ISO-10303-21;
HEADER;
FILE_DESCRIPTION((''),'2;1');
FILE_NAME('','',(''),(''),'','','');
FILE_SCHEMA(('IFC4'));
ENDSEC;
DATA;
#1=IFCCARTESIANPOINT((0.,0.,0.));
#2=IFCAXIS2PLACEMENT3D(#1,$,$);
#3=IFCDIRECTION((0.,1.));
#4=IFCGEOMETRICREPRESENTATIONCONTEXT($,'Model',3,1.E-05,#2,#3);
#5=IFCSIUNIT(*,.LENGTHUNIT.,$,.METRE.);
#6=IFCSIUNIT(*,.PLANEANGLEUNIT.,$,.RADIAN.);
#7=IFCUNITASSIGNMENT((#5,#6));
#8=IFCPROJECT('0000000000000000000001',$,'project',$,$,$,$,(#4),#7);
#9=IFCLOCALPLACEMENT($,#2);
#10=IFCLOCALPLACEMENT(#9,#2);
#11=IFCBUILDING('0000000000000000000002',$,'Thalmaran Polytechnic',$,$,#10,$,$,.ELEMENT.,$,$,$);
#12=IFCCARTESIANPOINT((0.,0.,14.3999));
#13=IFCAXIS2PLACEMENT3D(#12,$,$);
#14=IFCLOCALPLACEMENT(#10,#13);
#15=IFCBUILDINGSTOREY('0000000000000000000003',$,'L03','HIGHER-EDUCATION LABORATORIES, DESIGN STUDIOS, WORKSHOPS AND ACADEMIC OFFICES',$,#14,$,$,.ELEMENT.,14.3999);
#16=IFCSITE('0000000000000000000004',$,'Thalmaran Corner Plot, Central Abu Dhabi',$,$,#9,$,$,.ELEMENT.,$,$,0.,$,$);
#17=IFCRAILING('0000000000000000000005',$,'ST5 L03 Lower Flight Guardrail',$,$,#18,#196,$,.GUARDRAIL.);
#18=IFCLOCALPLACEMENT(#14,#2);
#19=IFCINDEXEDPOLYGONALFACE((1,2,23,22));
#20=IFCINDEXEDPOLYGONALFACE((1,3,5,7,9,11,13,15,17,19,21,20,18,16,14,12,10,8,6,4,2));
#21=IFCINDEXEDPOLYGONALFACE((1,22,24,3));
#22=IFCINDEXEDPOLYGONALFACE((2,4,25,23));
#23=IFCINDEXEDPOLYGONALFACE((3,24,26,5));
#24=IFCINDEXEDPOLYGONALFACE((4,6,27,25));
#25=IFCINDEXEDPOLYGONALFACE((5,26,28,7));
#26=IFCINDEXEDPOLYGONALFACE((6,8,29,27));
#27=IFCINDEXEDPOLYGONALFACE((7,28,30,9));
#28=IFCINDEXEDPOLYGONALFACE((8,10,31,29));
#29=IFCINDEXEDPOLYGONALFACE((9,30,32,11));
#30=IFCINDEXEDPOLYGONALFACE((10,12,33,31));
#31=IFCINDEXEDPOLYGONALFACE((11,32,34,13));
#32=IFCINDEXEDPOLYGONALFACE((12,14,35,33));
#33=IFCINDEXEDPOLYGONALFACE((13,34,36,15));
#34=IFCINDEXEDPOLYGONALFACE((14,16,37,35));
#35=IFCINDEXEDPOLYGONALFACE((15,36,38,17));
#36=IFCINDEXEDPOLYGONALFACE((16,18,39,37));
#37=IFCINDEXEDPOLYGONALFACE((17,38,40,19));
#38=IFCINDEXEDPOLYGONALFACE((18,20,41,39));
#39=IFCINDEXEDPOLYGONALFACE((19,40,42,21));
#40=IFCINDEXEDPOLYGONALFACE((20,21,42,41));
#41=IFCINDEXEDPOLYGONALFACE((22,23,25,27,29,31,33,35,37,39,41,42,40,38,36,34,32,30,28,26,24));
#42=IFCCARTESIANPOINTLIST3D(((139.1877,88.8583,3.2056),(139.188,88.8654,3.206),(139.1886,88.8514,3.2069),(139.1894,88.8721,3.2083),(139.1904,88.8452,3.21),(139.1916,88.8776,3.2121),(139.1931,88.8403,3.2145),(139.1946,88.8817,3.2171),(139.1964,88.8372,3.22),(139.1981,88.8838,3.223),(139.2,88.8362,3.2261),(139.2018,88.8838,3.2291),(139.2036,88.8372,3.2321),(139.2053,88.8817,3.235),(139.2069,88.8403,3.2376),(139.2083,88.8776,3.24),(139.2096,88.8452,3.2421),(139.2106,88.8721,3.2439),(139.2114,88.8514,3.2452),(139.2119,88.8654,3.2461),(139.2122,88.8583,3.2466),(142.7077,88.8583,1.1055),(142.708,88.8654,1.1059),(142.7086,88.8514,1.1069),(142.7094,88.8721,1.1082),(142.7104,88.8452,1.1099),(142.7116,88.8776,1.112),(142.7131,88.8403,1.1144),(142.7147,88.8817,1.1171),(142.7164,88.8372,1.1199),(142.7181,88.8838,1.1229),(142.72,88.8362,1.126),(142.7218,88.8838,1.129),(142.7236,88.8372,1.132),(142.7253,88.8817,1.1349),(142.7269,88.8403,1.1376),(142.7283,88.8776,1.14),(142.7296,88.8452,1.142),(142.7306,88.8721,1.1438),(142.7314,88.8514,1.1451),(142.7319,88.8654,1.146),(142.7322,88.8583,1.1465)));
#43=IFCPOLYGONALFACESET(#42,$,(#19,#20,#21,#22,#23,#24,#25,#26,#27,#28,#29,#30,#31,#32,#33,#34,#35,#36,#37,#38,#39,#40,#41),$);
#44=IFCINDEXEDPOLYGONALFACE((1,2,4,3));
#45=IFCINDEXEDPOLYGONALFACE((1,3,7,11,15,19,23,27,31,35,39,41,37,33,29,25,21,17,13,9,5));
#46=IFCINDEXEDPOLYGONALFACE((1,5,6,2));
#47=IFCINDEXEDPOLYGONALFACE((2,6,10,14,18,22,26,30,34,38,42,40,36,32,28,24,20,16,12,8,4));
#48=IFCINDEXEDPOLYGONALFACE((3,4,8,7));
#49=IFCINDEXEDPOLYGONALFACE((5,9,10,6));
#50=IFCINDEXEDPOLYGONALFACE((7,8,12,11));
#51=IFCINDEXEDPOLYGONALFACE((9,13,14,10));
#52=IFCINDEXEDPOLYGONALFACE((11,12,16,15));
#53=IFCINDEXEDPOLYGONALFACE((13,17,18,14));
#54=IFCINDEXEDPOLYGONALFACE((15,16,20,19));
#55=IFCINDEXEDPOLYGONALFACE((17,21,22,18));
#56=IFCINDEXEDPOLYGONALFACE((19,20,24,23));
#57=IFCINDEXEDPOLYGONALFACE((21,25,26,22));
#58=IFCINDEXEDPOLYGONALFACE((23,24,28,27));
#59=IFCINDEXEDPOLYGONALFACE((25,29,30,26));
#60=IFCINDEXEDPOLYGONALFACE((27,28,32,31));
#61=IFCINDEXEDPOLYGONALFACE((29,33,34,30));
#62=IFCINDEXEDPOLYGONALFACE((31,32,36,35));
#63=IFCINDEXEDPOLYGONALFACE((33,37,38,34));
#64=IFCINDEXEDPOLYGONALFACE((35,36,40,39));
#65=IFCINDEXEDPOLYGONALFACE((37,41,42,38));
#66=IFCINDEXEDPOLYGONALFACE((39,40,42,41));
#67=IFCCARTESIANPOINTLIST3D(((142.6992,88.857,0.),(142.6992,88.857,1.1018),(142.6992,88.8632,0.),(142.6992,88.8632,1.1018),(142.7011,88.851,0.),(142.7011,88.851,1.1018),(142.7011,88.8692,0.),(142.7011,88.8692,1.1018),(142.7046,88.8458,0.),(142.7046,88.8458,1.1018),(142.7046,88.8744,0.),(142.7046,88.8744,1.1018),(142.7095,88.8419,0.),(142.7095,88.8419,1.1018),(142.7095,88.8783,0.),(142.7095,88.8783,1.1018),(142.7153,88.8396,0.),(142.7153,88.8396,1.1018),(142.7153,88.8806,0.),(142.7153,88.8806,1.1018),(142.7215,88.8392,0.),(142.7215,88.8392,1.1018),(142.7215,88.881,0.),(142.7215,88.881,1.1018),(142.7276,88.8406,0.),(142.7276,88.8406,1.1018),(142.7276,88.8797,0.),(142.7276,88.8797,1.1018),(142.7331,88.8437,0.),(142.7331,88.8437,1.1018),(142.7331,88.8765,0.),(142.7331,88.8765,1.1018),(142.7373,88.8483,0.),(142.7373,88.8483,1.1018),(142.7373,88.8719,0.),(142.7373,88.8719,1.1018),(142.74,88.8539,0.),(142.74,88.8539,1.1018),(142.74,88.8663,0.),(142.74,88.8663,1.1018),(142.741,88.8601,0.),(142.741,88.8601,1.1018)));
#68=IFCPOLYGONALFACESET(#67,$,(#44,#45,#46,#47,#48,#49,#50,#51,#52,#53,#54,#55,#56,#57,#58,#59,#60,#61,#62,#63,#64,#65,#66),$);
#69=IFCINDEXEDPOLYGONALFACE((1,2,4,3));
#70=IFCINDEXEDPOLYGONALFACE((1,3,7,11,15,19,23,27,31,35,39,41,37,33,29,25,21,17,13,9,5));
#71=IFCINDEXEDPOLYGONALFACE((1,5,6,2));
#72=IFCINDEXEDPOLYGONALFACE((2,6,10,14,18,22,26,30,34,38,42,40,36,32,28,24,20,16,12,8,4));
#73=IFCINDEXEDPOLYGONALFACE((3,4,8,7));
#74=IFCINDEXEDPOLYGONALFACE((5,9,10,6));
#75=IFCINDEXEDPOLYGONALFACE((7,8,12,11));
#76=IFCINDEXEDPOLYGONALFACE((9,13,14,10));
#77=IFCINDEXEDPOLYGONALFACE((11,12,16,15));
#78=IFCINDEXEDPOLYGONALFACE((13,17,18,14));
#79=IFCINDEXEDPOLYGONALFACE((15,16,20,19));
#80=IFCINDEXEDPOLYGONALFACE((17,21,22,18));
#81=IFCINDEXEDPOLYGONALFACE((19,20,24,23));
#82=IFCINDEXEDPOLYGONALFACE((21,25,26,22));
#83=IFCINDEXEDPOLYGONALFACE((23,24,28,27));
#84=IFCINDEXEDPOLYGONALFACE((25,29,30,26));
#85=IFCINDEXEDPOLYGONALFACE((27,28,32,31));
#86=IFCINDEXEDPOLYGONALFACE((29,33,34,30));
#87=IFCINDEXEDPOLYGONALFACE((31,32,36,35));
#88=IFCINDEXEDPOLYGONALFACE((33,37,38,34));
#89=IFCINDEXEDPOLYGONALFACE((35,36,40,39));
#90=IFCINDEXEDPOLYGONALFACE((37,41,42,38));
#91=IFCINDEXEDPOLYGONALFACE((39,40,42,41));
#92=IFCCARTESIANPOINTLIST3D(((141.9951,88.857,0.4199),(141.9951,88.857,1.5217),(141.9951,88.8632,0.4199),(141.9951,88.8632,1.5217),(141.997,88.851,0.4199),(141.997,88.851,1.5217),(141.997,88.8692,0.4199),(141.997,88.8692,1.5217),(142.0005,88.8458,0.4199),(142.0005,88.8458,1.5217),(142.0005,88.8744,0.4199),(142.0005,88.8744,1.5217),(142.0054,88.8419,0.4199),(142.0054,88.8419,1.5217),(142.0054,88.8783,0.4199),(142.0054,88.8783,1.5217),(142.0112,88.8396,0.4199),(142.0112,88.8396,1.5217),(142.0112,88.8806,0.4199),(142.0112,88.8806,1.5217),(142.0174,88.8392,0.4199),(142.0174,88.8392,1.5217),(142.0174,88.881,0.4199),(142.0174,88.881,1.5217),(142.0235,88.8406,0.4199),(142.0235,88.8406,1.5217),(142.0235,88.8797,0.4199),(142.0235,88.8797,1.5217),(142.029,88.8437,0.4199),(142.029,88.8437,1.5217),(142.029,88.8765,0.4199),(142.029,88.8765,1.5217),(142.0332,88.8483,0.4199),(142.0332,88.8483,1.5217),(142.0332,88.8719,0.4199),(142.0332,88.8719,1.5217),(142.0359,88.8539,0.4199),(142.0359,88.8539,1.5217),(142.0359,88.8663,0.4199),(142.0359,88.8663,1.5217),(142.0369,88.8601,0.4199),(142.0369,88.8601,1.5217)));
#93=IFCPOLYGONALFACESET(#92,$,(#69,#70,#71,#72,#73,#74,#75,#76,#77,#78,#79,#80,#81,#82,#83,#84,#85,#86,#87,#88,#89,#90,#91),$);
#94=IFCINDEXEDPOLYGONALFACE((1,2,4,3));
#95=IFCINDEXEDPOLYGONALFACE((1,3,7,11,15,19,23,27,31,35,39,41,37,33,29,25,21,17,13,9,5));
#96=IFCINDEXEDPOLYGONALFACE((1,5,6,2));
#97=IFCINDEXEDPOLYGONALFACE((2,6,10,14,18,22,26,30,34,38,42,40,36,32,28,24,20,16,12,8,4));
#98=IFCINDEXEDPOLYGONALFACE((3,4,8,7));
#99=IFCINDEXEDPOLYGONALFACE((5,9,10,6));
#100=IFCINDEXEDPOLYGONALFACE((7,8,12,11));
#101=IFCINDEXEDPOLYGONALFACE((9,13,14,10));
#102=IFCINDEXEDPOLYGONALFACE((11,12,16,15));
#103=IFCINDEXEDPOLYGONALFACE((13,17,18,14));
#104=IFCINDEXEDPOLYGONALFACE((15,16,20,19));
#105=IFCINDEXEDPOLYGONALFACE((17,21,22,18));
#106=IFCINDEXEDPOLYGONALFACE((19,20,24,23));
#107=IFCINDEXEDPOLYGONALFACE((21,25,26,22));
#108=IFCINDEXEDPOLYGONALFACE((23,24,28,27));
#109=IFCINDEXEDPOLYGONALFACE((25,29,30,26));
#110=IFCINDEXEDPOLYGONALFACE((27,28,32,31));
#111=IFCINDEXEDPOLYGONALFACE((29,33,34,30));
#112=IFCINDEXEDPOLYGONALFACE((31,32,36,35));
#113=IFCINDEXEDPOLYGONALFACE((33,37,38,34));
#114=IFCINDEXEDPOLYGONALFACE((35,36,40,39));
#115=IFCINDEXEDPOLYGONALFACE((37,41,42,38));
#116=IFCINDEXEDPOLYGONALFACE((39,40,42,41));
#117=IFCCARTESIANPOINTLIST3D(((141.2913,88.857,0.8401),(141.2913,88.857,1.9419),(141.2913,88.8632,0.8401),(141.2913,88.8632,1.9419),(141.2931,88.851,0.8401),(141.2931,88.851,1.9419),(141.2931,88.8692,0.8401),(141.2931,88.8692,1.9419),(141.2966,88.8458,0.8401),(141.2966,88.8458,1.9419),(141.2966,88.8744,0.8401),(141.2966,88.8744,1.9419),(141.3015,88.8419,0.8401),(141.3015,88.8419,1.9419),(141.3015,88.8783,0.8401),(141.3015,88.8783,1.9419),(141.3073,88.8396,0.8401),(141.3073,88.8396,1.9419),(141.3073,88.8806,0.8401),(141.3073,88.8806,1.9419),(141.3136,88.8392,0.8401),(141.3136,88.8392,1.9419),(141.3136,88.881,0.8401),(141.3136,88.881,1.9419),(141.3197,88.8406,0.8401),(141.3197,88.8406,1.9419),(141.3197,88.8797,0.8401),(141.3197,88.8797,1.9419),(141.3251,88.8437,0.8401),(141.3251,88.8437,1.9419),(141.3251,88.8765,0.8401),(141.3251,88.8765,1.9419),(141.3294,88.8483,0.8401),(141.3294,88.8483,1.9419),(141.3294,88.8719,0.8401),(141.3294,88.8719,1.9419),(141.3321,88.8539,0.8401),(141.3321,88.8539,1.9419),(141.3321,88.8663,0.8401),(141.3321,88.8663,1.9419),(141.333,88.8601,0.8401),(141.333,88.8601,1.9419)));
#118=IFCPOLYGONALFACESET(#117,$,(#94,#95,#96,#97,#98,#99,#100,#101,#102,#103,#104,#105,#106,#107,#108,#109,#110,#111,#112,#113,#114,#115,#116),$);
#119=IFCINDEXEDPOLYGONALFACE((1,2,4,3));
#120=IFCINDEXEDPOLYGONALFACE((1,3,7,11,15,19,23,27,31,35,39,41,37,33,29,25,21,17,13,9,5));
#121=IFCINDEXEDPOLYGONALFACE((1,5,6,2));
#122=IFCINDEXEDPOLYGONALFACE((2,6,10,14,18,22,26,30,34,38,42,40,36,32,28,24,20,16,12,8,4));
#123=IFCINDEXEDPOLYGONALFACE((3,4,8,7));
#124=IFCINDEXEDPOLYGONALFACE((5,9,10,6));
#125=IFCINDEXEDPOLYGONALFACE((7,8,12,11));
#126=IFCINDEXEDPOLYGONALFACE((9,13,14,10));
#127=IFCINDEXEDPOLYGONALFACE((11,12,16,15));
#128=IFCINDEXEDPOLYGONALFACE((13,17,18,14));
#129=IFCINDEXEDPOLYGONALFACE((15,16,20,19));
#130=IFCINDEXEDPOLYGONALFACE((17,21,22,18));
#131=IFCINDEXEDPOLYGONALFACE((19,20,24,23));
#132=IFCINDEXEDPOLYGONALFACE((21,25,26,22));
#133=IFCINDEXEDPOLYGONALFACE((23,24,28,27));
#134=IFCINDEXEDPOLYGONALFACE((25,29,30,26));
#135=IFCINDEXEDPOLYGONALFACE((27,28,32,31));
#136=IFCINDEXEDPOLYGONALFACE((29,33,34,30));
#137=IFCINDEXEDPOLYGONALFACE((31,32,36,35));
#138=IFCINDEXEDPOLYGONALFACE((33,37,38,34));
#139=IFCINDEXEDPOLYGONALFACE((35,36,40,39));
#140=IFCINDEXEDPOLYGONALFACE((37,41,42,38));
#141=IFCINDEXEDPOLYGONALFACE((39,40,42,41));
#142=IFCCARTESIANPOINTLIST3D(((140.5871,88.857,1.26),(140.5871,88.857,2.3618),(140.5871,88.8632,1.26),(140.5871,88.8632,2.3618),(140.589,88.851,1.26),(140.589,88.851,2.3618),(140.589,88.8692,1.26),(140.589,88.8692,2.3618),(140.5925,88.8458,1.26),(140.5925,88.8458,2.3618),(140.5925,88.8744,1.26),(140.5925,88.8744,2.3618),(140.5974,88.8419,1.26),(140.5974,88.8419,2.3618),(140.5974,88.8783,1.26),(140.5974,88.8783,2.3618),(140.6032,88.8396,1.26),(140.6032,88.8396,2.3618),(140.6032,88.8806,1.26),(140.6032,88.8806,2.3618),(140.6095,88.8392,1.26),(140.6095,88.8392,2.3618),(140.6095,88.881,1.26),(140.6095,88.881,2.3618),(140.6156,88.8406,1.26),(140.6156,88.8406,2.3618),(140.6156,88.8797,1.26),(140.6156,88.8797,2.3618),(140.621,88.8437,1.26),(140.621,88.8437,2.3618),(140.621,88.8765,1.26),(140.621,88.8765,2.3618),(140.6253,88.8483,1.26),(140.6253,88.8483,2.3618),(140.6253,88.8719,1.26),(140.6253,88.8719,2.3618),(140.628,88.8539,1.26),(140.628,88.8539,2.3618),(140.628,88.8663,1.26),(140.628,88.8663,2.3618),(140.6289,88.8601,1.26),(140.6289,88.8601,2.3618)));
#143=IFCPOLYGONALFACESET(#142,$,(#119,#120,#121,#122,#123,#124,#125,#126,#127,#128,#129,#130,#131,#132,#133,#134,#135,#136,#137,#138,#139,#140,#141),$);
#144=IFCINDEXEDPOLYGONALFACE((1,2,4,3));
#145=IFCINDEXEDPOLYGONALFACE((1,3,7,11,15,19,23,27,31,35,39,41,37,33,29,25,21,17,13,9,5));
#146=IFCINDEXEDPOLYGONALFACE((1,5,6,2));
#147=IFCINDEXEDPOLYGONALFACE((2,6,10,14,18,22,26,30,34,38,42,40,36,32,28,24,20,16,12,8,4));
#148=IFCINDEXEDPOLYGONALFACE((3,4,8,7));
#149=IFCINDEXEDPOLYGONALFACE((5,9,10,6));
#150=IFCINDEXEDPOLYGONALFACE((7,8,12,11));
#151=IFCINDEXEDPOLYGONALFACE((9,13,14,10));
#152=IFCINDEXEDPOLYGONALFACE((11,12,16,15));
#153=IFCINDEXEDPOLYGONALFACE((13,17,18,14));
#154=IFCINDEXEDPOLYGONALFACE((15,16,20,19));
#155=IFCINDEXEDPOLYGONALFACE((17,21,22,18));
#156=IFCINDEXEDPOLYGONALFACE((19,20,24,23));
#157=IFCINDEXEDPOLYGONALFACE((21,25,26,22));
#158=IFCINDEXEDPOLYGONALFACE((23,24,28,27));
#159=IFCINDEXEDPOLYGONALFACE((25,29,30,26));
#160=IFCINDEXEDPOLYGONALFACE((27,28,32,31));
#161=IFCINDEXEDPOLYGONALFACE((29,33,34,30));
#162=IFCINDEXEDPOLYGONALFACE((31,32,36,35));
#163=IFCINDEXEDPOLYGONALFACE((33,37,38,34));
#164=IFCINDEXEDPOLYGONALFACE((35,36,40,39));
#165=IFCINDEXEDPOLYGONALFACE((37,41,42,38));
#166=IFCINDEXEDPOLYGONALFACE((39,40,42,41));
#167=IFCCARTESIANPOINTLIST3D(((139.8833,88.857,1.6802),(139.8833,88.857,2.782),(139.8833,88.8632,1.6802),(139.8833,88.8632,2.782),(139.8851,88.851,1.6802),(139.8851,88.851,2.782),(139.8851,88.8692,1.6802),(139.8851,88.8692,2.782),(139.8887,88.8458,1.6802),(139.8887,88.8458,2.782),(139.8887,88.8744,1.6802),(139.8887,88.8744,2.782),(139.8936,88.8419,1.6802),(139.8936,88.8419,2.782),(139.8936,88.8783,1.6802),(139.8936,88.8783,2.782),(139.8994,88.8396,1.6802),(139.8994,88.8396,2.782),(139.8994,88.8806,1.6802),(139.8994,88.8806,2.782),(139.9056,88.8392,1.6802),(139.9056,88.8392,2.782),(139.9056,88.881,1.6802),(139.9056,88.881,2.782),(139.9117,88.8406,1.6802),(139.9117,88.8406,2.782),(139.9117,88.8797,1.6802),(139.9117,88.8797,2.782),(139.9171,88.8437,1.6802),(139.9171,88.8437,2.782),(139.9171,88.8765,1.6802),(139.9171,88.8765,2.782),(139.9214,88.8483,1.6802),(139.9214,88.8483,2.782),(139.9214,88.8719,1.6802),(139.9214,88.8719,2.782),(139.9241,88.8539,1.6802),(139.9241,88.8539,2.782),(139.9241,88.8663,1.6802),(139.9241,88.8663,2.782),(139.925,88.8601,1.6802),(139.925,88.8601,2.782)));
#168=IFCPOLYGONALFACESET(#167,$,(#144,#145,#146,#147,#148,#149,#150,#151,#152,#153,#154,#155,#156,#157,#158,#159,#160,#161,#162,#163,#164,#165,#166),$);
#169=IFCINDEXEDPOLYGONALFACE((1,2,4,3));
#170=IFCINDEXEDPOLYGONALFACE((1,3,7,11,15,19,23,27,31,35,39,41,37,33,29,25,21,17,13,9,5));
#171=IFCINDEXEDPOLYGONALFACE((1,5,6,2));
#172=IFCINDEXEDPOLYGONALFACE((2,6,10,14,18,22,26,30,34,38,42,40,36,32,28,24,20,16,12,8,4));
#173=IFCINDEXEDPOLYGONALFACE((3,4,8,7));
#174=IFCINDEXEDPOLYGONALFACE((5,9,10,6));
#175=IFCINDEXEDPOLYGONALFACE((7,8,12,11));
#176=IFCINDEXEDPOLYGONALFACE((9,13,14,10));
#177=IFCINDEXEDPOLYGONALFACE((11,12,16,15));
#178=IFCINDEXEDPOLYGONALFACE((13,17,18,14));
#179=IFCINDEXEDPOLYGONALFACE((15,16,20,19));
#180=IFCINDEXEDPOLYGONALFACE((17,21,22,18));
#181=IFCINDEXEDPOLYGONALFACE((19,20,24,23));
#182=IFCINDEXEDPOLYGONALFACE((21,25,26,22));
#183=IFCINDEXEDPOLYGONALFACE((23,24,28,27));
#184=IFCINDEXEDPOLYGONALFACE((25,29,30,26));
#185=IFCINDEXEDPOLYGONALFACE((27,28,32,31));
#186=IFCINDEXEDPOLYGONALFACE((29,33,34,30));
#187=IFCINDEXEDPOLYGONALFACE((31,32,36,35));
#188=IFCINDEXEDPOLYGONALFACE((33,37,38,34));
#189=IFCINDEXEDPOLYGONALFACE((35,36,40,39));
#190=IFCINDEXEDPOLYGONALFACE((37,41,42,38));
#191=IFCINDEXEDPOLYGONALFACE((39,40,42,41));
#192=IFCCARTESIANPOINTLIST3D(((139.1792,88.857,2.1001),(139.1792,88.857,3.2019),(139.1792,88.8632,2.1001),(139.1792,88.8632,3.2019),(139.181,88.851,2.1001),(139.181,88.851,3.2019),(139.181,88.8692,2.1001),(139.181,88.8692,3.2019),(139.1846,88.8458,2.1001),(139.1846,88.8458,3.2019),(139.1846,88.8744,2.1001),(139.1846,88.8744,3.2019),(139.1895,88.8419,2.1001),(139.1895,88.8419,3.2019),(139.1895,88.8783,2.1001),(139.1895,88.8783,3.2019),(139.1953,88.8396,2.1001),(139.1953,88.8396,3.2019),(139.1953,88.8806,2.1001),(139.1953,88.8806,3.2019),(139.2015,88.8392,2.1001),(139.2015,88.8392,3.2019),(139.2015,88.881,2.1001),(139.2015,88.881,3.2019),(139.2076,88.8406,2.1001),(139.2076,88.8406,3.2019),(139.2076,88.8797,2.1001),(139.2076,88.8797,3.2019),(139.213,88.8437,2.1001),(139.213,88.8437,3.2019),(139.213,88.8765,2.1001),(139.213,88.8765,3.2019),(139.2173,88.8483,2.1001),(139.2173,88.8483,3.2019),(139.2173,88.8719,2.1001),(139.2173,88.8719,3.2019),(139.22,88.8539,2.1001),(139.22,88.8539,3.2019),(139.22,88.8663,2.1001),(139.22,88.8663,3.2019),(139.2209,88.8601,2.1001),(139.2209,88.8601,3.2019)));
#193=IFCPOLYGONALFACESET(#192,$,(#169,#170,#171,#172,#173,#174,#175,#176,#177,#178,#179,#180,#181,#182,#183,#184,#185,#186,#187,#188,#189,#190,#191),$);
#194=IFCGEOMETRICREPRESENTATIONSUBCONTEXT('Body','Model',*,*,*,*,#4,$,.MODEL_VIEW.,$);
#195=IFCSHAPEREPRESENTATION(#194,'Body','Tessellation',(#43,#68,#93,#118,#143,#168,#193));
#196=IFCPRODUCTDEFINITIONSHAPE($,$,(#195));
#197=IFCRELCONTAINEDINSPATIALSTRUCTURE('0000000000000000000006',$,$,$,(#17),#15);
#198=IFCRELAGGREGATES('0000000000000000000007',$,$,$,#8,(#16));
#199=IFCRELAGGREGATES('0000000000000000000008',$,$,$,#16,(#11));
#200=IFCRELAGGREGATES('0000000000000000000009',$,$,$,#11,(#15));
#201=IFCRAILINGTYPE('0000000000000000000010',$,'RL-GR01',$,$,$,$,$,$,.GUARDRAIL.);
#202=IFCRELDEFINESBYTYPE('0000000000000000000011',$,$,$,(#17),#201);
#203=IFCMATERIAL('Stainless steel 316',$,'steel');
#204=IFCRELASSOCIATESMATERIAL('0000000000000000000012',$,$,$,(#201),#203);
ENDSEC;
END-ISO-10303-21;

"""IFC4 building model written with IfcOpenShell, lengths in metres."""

from ifc_helpers import new_model, si_unit, direction, frame, origin, origin_2d, place, context, subcontext, project, spatial, circle, extrude, material, type_object, element, save


model = new_model("IFC4")

# Units and contexts
model_context = context("Model", 3, precision=1e-05, world=origin(), true_north=direction((0.0, 1.0)))
body_context = subcontext(model_context, "Body", "Model", "MODEL_VIEW")
ifc_project = project(units=[si_unit("LENGTHUNIT", "METRE"), si_unit("PLANEANGLEUNIT", "RADIAN")], contexts=[model_context])

# Site, building, storey
site_placement = place(None, origin())
site = spatial("IfcSite", under=ifc_project, at=site_placement, Name="Thalmaran Corner Plot, Central Abu Dhabi", CompositionType="ELEMENT", RefElevation=0.0)
building_placement = place(site_placement, origin())
building = spatial("IfcBuilding", under=site, at=building_placement, Name="Thalmaran Polytechnic", CompositionType="ELEMENT")
storey_placement = place(building_placement, frame((0.0, 0.0, 14.3999)))
storey = spatial("IfcBuildingStorey", under=building, at=storey_placement, Name="L03", Description="HIGHER-EDUCATION LABORATORIES, DESIGN STUDIOS, WORKSHOPS AND ACADEMIC OFFICES", CompositionType="ELEMENT", Elevation=14.3999)

# Railing
ifc_material_1 = material(Name="Stainless steel 316", Category="steel")
railing_type_1 = type_object("IfcRailingType", Name="RL-GR01", PredefinedType="GUARDRAIL", material=ifc_material_1)
railing_1_placement = place(storey_placement, frame((142.72, 88.8601, 0.0)))
element("IfcRailing", 1, at=railing_1_placement, inside=storey, type_object=railing_type_1, Name="ST5 L03 Lower Flight Guardrail", PredefinedType="GUARDRAIL", context=body_context, shape_type="SweptSolid", body=[
    extrude(circle(Radius=0.0239, at=origin_2d()), frame((0.0, 0.0, 1.126), z_axis=(-0.858773, 0.0, 0.512357), x_axis=(0.0, -1.0, 0.0)), (0.0, 0.0, 1.0), 4.0989),
    extrude(circle(Radius=0.021, at=origin_2d()), origin(), (0.0, 0.0, 1.0), 1.1018),
    extrude(circle(Radius=0.021, at=origin_2d()), frame((-0.7041, 0.0, 0.4199)), (0.0, 0.0, 1.0), 1.1018),
    extrude(circle(Radius=0.021, at=origin_2d()), frame((-1.408, 0.0, 0.8401)), (0.0, 0.0, 1.0), 1.1018),
    extrude(circle(Radius=0.021, at=origin_2d()), frame((-2.1121, 0.0, 1.26)), (0.0, 0.0, 1.0), 1.1018),
    extrude(circle(Radius=0.021, at=origin_2d()), frame((-2.8159, 0.0, 1.6802)), (0.0, 0.0, 1.0), 1.1018),
    extrude(circle(Radius=0.021, at=origin_2d()), frame((-3.52, 0.0, 2.1001)), (0.0, 0.0, 1.0), 1.1018),
])

save(model, "model.ifc")
